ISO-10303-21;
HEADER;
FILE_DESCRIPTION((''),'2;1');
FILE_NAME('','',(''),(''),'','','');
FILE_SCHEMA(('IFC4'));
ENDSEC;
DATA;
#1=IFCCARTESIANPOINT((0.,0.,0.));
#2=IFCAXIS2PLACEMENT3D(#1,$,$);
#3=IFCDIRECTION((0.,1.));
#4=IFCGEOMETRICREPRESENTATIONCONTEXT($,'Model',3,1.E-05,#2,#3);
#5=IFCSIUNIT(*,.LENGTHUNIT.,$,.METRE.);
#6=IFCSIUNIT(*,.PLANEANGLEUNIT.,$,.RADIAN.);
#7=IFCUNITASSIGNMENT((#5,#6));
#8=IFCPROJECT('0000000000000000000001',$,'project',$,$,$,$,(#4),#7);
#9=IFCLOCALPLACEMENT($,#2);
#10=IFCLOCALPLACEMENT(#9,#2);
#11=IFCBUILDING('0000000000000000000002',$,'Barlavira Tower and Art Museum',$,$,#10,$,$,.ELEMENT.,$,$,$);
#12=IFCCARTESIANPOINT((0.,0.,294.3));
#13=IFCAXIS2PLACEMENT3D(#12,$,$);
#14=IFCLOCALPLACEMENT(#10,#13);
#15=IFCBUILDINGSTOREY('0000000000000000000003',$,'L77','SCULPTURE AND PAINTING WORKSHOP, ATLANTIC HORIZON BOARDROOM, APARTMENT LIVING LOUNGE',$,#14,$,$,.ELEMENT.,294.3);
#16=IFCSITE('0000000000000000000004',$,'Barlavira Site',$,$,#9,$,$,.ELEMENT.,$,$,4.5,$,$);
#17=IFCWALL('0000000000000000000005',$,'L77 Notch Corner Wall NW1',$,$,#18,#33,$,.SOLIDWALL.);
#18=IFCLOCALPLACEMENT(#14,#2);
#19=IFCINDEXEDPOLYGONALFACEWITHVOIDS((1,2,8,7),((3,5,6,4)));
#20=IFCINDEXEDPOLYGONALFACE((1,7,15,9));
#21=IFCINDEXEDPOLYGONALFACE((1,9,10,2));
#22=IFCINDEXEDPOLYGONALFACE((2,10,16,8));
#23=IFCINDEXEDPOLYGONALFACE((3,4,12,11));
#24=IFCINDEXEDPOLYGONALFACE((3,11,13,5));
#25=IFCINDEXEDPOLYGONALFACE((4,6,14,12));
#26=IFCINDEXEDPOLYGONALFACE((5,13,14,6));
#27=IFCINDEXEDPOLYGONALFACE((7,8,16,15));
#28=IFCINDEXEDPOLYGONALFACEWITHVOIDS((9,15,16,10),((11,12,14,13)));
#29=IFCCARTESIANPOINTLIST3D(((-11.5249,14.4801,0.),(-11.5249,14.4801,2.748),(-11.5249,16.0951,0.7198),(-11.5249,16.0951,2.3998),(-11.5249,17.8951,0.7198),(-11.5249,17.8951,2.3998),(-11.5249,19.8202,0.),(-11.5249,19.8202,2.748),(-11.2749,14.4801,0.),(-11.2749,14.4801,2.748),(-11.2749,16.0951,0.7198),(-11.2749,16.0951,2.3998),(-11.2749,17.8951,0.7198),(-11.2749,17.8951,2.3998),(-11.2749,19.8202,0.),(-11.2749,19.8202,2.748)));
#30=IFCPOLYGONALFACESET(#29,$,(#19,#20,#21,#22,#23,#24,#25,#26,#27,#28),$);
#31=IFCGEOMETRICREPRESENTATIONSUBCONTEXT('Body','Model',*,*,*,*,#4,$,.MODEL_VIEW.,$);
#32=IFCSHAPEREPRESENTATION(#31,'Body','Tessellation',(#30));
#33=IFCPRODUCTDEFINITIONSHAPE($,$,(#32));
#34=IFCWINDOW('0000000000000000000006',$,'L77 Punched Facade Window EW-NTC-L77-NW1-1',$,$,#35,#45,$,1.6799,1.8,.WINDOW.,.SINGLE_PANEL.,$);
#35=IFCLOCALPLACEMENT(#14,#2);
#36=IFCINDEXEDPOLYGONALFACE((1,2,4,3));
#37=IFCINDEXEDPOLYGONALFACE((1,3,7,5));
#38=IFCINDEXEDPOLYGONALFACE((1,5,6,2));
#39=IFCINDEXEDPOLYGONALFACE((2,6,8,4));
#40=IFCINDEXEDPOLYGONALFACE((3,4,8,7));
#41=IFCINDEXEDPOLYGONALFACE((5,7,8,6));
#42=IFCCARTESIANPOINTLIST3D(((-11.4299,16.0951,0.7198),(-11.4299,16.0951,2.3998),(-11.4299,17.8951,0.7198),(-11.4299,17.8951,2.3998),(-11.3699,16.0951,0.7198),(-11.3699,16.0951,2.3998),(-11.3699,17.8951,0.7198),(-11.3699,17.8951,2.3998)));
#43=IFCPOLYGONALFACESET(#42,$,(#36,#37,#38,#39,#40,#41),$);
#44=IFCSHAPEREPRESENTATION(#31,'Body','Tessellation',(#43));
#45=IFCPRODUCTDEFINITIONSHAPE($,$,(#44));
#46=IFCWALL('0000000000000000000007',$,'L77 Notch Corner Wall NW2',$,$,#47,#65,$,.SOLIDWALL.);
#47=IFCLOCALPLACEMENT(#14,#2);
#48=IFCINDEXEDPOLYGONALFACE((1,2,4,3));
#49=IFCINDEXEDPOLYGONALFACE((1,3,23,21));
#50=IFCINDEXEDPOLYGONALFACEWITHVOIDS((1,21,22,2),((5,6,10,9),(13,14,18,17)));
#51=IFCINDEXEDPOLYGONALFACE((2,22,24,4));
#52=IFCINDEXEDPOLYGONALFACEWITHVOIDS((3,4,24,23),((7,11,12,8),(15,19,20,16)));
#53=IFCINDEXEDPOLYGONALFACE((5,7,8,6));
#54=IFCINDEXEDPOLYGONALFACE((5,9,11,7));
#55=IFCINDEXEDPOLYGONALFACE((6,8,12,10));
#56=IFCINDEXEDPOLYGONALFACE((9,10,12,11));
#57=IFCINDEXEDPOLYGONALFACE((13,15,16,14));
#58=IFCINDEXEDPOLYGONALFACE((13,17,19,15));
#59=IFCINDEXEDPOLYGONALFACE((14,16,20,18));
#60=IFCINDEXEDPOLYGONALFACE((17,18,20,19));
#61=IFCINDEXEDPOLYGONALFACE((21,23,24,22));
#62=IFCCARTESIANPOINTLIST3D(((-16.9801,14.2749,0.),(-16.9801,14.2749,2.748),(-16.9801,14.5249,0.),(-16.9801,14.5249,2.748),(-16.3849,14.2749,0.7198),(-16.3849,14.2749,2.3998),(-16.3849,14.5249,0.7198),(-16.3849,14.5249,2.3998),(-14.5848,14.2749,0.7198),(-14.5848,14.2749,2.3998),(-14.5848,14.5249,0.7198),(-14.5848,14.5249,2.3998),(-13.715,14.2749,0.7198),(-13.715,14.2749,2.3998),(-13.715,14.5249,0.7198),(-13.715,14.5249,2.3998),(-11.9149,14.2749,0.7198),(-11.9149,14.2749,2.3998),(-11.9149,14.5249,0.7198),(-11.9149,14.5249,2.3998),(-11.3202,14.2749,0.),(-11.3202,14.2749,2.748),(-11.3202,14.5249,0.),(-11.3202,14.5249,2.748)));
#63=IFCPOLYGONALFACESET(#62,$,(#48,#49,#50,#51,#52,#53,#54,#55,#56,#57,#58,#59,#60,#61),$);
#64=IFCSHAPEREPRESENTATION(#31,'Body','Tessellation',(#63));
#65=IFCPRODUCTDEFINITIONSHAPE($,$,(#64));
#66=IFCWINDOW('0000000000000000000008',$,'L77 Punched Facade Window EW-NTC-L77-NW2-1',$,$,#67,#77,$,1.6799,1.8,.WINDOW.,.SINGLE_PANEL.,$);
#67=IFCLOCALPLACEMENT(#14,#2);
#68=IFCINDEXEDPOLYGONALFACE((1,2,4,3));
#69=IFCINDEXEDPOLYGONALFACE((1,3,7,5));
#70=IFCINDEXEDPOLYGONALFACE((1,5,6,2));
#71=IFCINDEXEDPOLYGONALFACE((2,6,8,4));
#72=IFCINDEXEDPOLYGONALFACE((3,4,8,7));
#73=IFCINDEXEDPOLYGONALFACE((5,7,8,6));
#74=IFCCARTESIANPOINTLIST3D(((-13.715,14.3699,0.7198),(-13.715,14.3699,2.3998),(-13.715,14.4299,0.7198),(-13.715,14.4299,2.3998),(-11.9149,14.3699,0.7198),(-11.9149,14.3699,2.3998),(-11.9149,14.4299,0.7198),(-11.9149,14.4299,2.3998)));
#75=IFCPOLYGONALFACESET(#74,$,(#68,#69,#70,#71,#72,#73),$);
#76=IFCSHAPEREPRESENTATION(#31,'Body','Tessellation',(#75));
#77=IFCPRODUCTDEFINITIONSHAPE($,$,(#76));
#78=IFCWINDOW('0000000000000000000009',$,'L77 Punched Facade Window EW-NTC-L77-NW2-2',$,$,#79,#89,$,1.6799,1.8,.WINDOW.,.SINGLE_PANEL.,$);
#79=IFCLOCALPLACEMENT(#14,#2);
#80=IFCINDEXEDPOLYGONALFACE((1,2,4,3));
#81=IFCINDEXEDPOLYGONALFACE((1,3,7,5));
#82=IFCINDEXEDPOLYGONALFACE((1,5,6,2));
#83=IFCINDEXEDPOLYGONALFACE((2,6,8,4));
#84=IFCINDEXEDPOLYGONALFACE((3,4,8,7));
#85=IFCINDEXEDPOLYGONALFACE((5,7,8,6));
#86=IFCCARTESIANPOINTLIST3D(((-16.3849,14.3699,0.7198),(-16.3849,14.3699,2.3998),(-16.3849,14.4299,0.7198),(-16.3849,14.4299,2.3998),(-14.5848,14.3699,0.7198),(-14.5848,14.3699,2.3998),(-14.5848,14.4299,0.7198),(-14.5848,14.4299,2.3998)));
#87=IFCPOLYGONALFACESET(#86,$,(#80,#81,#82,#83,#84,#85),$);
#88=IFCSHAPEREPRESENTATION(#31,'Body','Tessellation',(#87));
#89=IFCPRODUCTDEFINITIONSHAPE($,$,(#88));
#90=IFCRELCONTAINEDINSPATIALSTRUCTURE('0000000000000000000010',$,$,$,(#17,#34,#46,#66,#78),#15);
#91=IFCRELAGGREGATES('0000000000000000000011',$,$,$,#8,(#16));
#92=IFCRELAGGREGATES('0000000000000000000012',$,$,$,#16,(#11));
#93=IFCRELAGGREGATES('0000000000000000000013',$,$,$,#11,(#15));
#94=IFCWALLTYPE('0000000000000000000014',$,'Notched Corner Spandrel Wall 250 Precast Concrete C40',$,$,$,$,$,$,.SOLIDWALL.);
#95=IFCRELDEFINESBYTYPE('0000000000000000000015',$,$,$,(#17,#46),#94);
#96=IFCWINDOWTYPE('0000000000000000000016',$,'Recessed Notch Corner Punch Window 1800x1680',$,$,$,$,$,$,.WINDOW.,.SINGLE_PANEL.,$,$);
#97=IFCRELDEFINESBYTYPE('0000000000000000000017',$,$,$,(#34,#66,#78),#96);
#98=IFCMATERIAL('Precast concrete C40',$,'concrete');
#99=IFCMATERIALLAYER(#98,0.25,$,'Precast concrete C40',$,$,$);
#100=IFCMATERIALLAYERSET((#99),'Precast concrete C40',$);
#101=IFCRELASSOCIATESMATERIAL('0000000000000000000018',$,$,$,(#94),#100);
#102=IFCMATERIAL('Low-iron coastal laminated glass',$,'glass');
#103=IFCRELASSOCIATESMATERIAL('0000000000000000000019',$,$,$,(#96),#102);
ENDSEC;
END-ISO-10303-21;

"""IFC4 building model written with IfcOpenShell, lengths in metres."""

from ifc_helpers import new_model, si_unit, direction, frame, frame_2d, origin, place, context, subcontext, project, spatial, rectangle, extrude, material, layer, layer_set, type_object, element, fill, save


model = new_model("IFC4")

# Units and contexts
model_context = context("Model", 3, precision=1e-05, world=origin(), true_north=direction((0.0, 1.0)))
body_context = subcontext(model_context, "Body", "Model", "MODEL_VIEW")
ifc_project = project(units=[si_unit("LENGTHUNIT", "METRE"), si_unit("PLANEANGLEUNIT", "RADIAN")], contexts=[model_context])

# Site, building, storey
site_placement = place(None, origin())
site = spatial("IfcSite", under=ifc_project, at=site_placement, Name="Barlavira Site", CompositionType="ELEMENT", RefElevation=4.5)
building_placement = place(site_placement, origin())
building = spatial("IfcBuilding", under=site, at=building_placement, Name="Barlavira Tower and Art Museum", CompositionType="ELEMENT")
storey_placement = place(building_placement, frame((0.0, 0.0, 294.3)))
storey = spatial("IfcBuildingStorey", under=building, at=storey_placement, Name="L77", Description="SCULPTURE AND PAINTING WORKSHOP, ATLANTIC HORIZON BOARDROOM, APARTMENT LIVING LOUNGE", CompositionType="ELEMENT", Elevation=294.3)

# Shared definitions
ifc_material_1 = material(Name="Precast concrete C40", Category="concrete")
ifc_layer_1 = layer(ifc_material_1, 0.25, Name="Precast concrete C40")
ifc_layer_set_1 = layer_set([ifc_layer_1], Name="Precast concrete C40")
wall_type_1 = type_object("IfcWallType", Name="Notched Corner Spandrel Wall 250 Precast Concrete C40", PredefinedType="SOLIDWALL", material=ifc_layer_set_1)
ifc_material_2 = material(Name="Low-iron coastal laminated glass", Category="glass")
window_type = type_object("IfcWindowType", Name="Recessed Notch Corner Punch Window 1800x1680", PartitioningType="SINGLE_PANEL", PredefinedType="WINDOW", material=ifc_material_2)

# Wall, opening, window
wall_1_placement = place(storey_placement, frame((-11.3999, 19.8201, 0.0), z_axis=(0.0, 0.0, 1.0), x_axis=(0.0, -1.0, 0.0)))
wall_1 = element("IfcWall", 1, at=wall_1_placement, inside=storey, type_object=wall_type_1, Name="L77 Notch Corner Wall NW1", PredefinedType="SOLIDWALL", context=body_context, shape_type="SweptSolid", body=[
    extrude(rectangle(XDim=5.3401, YDim=0.25, at=frame_2d((2.6699, 0.0))), origin(), (0.0, 0.0, 1.0), 2.748),
])
opening_1_placement = place(wall_1_placement, frame((1.925, 0.0, 0.72)))
opening_1 = element("IfcOpeningElement", 2, at=opening_1_placement, cuts=wall_1, PredefinedType="OPENING", context=body_context, shape_type="SweptSolid", body=[
    extrude(rectangle(XDim=1.8, YDim=1.6799, at=frame_2d((0.8999, 0.8398))), frame((0.0, 0.135, 0.0), z_axis=(0.0, -1.0, 0.0), x_axis=(1.0, 0.0, 0.0)), (0.0, 0.0, 1.0), 0.27),
])
window_1_placement = place(opening_1_placement, origin())
window_1 = element("IfcWindow", 3, at=window_1_placement, inside=storey, type_object=window_type, Name="L77 Punched Facade Window EW-NTC-L77-NW1-1", OverallHeight=1.6799, OverallWidth=1.8, PartitioningType="SINGLE_PANEL", PredefinedType="WINDOW", context=body_context, shape_type="SweptSolid", body=[
    extrude(rectangle(XDim=1.8, YDim=1.6799, at=frame_2d((0.8999, 0.8398))), frame((0.0, 0.03, 0.0), z_axis=(0.0, -1.0, 0.0), x_axis=(1.0, 0.0, 0.0)), (0.0, 0.0, 1.0), 0.0601),
])
fill(opening_1, window_1)

# Wall, openings, windows
wall_2_placement = place(storey_placement, frame((-11.3201, 14.3999, 0.0), z_axis=(0.0, 0.0, 1.0), x_axis=(-1.0, 0.0, 0.0)))
wall_2 = element("IfcWall", 4, at=wall_2_placement, inside=storey, type_object=wall_type_1, Name="L77 Notch Corner Wall NW2", PredefinedType="SOLIDWALL", context=body_context, shape_type="SweptSolid", body=[
    extrude(rectangle(XDim=5.6599, YDim=0.25, at=frame_2d((2.8301, 0.0))), origin(), (0.0, 0.0, 1.0), 2.748),
])
opening_2_placement = place(wall_2_placement, frame((0.595, 0.0, 0.72)))
opening_2 = element("IfcOpeningElement", 5, at=opening_2_placement, cuts=wall_2, PredefinedType="OPENING", context=body_context, shape_type="SweptSolid", body=[
    extrude(rectangle(XDim=1.8, YDim=1.6799, at=frame_2d((0.8999, 0.8398))), frame((0.0, 0.135, 0.0), z_axis=(0.0, -1.0, 0.0), x_axis=(1.0, 0.0, 0.0)), (0.0, 0.0, 1.0), 0.27),
])
opening_3_placement = place(wall_2_placement, frame((3.2649, 0.0, 0.72)))
opening_3 = element("IfcOpeningElement", 6, at=opening_3_placement, cuts=wall_2, PredefinedType="OPENING", context=body_context, shape_type="SweptSolid", body=[
    extrude(rectangle(XDim=1.8, YDim=1.6799, at=frame_2d((0.8999, 0.8398))), frame((0.0, 0.135, 0.0), z_axis=(0.0, -1.0, 0.0), x_axis=(1.0, 0.0, 0.0)), (0.0, 0.0, 1.0), 0.27),
])
window_2_placement = place(opening_2_placement, origin())
window_2 = element("IfcWindow", 7, at=window_2_placement, inside=storey, type_object=window_type, Name="L77 Punched Facade Window EW-NTC-L77-NW2-1", OverallHeight=1.6799, OverallWidth=1.8, PartitioningType="SINGLE_PANEL", PredefinedType="WINDOW", context=body_context, shape_type="SweptSolid", body=[
    extrude(rectangle(XDim=1.8, YDim=1.6799, at=frame_2d((0.8999, 0.8398))), frame((0.0, 0.03, 0.0), z_axis=(0.0, -1.0, 0.0), x_axis=(1.0, 0.0, 0.0)), (0.0, 0.0, 1.0), 0.0601),
])
fill(opening_2, window_2)
window_3_placement = place(opening_3_placement, origin())
window_3 = element("IfcWindow", 8, at=window_3_placement, inside=storey, type_object=window_type, Name="L77 Punched Facade Window EW-NTC-L77-NW2-2", OverallHeight=1.6799, OverallWidth=1.8, PartitioningType="SINGLE_PANEL", PredefinedType="WINDOW", context=body_context, shape_type="SweptSolid", body=[
    extrude(rectangle(XDim=1.8, YDim=1.6799, at=frame_2d((0.8999, 0.8398))), frame((0.0, 0.03, 0.0), z_axis=(0.0, -1.0, 0.0), x_axis=(1.0, 0.0, 0.0)), (0.0, 0.0, 1.0), 0.0601),
])
fill(opening_3, window_3)

save(model, "model.ifc")
